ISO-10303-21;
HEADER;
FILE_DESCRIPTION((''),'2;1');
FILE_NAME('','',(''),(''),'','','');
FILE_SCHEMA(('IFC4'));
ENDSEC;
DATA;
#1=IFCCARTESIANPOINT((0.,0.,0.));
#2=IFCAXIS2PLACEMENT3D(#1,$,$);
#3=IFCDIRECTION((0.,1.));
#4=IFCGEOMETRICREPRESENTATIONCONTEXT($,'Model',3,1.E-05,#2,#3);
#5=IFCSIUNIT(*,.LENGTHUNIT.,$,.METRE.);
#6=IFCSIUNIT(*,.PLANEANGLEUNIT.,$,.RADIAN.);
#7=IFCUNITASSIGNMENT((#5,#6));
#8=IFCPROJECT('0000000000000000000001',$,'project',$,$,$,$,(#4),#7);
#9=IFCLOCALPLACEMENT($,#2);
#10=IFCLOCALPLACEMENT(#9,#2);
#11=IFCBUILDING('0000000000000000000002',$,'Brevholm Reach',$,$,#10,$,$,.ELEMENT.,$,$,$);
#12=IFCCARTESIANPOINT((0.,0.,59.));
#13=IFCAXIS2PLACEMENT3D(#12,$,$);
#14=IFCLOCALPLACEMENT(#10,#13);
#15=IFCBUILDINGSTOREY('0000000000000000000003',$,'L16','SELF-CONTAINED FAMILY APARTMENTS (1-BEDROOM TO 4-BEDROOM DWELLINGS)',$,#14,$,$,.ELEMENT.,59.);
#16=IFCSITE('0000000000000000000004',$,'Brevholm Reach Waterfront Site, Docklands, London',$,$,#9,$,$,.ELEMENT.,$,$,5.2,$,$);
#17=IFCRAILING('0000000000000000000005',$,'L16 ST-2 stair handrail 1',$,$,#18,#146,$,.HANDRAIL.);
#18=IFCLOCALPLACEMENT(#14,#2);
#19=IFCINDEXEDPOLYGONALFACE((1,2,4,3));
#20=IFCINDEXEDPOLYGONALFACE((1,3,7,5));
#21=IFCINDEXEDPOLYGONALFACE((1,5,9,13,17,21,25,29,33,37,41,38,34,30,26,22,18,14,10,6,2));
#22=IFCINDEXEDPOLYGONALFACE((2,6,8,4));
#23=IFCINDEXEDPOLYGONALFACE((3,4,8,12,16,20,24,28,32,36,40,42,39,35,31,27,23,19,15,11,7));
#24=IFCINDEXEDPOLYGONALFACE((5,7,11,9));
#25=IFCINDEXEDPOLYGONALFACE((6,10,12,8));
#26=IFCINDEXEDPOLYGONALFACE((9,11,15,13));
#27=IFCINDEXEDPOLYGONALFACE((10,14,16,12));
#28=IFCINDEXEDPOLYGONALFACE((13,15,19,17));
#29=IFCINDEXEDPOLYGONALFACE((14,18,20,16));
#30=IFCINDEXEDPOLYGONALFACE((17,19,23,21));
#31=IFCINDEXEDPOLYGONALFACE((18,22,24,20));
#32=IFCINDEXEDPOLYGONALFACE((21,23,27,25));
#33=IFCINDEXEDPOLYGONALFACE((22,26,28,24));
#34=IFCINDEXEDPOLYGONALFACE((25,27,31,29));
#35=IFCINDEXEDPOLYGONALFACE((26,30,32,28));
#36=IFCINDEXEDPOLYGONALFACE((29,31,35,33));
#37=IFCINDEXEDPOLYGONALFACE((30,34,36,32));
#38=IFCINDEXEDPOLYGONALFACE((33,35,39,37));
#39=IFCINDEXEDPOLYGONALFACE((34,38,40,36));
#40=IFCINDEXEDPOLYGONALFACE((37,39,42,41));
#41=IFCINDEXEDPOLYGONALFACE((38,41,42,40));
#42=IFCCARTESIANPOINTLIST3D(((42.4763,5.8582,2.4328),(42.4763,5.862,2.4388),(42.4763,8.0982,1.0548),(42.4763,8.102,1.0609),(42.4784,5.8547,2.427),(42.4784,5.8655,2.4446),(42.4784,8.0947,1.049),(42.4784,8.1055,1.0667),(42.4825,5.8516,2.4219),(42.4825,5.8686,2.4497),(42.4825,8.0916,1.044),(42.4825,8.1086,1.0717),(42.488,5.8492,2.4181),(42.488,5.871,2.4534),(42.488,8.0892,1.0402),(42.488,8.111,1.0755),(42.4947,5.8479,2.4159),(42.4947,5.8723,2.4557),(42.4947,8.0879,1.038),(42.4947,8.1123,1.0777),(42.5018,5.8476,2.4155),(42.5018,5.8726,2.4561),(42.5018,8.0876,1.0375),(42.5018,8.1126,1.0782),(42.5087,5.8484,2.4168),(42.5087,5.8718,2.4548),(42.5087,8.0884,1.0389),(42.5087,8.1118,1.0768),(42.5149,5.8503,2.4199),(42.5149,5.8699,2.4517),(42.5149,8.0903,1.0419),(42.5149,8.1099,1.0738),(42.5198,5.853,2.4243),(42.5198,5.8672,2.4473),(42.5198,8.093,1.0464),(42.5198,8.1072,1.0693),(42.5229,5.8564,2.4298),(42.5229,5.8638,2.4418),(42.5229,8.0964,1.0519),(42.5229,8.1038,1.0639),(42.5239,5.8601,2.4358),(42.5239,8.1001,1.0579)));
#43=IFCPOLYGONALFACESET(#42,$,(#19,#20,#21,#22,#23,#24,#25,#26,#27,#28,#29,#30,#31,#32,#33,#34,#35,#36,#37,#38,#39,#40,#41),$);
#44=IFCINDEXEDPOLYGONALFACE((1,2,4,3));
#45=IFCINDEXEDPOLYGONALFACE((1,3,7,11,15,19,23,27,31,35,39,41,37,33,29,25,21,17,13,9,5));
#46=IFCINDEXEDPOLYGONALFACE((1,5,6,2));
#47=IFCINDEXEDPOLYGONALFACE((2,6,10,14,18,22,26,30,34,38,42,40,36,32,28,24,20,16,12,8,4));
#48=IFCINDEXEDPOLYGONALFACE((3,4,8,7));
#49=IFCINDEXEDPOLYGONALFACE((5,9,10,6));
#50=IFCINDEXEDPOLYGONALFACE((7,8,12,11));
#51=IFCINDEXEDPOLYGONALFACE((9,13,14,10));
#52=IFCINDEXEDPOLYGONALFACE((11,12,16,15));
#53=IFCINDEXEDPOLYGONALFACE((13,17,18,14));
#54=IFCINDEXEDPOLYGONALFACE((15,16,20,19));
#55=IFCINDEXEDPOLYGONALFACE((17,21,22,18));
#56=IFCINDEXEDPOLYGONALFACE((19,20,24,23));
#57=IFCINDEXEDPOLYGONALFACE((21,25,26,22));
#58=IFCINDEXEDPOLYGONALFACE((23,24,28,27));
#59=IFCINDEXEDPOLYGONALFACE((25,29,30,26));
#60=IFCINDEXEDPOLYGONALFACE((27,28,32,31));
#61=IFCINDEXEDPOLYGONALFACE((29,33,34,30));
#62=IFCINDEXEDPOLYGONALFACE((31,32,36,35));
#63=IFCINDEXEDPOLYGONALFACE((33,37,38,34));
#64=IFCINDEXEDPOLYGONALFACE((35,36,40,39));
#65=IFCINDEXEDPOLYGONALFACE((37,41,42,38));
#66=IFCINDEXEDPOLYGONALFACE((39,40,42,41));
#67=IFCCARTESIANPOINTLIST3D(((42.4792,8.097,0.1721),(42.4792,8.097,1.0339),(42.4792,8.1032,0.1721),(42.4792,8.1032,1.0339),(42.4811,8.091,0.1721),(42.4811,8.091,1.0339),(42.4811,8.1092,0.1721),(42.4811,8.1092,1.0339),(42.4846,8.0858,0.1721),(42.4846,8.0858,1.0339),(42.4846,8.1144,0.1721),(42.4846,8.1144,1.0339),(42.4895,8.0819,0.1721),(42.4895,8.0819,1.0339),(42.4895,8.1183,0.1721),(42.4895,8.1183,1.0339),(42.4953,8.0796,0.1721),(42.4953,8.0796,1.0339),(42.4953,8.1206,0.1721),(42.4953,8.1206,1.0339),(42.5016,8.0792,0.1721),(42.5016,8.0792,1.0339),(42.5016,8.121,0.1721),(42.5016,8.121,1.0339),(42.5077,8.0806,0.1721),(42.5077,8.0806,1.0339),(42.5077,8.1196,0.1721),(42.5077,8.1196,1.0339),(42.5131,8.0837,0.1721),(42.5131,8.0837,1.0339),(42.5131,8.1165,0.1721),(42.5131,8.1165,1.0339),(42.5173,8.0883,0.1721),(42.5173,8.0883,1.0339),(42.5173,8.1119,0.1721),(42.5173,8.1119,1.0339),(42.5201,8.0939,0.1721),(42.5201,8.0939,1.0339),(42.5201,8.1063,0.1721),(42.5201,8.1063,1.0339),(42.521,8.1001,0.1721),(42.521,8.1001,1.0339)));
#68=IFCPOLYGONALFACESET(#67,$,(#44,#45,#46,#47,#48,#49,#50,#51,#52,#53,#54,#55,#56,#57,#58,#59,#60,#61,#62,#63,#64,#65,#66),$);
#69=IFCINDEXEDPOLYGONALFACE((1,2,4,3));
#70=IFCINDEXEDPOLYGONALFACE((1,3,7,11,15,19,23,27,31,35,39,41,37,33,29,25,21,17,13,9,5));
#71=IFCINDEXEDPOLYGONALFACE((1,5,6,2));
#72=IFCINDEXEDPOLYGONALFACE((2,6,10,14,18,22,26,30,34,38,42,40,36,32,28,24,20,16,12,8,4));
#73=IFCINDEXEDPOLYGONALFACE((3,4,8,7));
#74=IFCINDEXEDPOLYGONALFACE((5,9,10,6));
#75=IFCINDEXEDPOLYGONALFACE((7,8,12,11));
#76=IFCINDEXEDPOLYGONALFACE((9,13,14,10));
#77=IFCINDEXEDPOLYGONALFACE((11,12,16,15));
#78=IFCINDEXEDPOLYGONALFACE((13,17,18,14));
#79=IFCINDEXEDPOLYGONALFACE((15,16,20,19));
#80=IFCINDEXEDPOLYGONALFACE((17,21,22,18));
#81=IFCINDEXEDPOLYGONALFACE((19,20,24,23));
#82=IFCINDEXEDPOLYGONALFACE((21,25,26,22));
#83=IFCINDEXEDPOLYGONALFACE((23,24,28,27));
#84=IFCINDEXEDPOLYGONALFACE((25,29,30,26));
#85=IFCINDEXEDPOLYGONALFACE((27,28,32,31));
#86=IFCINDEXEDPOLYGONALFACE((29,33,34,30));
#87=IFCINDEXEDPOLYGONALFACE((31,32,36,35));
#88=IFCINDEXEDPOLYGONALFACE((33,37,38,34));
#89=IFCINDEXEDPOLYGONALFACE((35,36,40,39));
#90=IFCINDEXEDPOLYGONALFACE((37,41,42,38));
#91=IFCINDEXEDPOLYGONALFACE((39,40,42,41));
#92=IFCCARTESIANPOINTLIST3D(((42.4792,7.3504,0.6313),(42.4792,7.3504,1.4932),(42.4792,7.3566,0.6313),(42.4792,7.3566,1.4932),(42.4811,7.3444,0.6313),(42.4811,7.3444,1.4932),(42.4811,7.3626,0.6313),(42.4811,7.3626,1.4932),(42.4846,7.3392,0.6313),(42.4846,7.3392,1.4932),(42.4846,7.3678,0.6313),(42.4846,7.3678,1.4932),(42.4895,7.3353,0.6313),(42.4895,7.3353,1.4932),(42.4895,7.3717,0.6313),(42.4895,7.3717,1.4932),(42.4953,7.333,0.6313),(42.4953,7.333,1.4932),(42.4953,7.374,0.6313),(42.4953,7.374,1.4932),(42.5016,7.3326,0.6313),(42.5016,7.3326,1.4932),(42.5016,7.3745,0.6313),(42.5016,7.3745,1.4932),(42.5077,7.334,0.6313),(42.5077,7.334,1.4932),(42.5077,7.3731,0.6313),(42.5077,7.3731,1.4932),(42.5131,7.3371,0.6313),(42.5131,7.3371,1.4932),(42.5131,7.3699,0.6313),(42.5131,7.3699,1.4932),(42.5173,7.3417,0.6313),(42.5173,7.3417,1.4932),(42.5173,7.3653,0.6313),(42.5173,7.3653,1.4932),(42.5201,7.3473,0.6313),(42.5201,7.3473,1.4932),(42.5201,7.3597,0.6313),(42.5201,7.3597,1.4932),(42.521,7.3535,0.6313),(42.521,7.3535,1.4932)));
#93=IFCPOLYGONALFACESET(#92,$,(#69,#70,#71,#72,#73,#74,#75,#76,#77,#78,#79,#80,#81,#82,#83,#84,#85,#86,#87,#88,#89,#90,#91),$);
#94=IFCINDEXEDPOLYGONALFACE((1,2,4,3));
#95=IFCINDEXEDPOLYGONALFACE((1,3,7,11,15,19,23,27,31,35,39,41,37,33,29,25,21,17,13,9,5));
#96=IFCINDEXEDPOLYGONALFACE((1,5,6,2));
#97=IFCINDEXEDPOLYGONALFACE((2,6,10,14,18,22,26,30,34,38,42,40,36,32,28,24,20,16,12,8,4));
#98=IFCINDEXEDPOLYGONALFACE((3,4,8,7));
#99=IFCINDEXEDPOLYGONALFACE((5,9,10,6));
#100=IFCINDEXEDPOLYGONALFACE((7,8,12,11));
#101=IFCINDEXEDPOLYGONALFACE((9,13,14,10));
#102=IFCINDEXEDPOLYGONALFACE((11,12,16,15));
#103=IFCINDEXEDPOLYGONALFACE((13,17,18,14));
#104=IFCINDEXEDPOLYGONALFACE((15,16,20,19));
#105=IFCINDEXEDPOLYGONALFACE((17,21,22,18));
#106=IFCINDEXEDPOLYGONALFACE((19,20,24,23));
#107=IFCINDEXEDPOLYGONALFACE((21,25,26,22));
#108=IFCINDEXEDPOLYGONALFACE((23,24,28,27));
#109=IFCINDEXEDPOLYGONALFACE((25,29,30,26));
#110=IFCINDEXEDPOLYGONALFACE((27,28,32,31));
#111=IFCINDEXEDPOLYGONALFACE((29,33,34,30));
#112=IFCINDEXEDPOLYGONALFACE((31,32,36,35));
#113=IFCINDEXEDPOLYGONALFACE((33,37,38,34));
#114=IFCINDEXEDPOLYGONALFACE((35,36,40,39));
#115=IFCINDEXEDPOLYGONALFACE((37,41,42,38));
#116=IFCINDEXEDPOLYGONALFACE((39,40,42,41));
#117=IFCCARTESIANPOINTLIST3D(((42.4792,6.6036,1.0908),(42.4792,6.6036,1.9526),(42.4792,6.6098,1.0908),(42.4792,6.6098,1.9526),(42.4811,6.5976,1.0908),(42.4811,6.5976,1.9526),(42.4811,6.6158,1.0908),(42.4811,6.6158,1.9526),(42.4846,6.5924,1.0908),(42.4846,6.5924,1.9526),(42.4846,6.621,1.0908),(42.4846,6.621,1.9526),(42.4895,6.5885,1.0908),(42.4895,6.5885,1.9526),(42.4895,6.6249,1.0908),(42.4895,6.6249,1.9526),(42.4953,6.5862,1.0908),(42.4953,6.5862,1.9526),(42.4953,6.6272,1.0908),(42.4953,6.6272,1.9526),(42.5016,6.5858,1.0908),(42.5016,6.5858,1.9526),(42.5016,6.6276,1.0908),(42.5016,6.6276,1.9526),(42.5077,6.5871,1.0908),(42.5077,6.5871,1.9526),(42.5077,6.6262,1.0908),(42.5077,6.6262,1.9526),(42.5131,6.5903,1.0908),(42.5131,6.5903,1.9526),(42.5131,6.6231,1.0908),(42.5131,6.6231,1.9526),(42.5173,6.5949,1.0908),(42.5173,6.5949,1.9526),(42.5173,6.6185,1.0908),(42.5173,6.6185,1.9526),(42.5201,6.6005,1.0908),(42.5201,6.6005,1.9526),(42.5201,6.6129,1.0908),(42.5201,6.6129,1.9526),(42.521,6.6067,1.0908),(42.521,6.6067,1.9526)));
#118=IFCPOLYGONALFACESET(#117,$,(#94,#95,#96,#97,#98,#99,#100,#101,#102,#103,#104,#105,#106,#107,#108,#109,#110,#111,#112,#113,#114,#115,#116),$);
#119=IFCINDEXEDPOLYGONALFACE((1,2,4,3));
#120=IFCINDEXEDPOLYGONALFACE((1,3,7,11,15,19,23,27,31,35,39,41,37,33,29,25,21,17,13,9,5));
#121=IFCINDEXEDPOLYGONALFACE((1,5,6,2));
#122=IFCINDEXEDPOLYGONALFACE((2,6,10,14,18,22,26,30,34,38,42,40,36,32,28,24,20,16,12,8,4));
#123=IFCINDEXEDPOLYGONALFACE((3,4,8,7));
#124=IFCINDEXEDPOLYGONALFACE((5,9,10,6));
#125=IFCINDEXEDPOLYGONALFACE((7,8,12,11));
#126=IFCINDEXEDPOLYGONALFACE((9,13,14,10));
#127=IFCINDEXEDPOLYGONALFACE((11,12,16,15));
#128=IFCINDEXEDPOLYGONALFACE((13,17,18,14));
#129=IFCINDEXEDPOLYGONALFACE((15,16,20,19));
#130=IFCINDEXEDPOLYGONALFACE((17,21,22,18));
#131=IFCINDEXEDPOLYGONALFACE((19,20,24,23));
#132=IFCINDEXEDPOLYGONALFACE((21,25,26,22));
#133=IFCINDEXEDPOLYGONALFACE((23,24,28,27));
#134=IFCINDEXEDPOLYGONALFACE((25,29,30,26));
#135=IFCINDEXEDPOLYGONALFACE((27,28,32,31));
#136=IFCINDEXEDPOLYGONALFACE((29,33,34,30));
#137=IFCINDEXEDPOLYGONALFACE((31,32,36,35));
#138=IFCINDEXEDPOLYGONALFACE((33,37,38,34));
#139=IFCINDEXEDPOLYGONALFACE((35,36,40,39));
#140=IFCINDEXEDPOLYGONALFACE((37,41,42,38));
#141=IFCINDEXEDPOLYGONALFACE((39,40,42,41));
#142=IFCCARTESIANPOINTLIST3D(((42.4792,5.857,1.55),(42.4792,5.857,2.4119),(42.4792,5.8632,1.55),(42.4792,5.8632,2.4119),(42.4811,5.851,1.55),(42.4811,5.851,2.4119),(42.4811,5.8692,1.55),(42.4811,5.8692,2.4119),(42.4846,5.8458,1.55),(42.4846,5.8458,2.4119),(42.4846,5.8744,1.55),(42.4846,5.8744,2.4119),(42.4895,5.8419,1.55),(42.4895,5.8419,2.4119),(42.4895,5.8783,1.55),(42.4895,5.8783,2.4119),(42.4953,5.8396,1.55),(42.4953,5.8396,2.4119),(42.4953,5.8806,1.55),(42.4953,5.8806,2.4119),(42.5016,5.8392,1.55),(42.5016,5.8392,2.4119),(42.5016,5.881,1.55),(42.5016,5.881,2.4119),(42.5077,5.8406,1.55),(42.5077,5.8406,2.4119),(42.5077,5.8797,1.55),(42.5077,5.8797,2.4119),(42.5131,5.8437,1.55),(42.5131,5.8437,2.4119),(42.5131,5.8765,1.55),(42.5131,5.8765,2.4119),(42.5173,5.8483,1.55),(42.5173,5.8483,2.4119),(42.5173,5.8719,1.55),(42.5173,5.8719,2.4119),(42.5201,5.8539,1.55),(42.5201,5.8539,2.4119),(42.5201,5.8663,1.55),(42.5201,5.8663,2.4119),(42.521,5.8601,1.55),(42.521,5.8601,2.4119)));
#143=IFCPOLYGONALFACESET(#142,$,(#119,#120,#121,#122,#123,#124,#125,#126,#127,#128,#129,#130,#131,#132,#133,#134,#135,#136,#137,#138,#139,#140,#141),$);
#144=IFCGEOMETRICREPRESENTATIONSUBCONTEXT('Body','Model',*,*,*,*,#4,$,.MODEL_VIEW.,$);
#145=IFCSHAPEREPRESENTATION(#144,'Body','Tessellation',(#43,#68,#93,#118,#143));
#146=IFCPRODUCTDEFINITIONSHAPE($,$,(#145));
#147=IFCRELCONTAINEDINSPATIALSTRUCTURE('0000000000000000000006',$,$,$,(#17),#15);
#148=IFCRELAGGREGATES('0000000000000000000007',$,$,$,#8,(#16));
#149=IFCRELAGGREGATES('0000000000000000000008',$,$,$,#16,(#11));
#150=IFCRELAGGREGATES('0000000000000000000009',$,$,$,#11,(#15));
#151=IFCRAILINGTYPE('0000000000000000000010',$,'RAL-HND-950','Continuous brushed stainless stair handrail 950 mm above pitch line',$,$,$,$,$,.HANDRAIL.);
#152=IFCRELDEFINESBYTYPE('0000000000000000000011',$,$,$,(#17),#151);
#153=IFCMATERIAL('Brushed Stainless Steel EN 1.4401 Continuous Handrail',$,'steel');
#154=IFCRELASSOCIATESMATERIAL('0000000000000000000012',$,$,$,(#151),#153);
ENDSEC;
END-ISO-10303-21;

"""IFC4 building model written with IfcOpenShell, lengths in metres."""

from ifc_helpers import new_model, si_unit, direction, frame, origin, origin_2d, place, context, subcontext, project, spatial, circle, extrude, material, type_object, element, save


model = new_model("IFC4")

# Units and contexts
model_context = context("Model", 3, precision=1e-05, world=origin(), true_north=direction((0.0, 1.0)))
body_context = subcontext(model_context, "Body", "Model", "MODEL_VIEW")
ifc_project = project(units=[si_unit("LENGTHUNIT", "METRE"), si_unit("PLANEANGLEUNIT", "RADIAN")], contexts=[model_context])

# Site, building, storey
site_placement = place(None, origin())
site = spatial("IfcSite", under=ifc_project, at=site_placement, Name="Brevholm Reach Waterfront Site, Docklands, London", CompositionType="ELEMENT", RefElevation=5.2)
building_placement = place(site_placement, origin())
building = spatial("IfcBuilding", under=site, at=building_placement, Name="Brevholm Reach", CompositionType="ELEMENT")
storey_placement = place(building_placement, frame((0.0, 0.0, 59.0)))
storey = spatial("IfcBuildingStorey", under=building, at=storey_placement, Name="L16", Description="SELF-CONTAINED FAMILY APARTMENTS (1-BEDROOM TO 4-BEDROOM DWELLINGS)", CompositionType="ELEMENT", Elevation=59.0)

# Railing
ifc_material_1 = material(Name="Brushed Stainless Steel EN 1.4401 Continuous Handrail", Category="steel")
railing_type_1 = type_object("IfcRailingType", Name="RAL-HND-950", Description="Continuous brushed stainless stair handrail 950 mm above pitch line", PredefinedType="HANDRAIL", material=ifc_material_1)
railing_1_placement = place(storey_placement, frame((42.5, 8.1001, 0.1721)))
element("IfcRailing", 1, at=railing_1_placement, inside=storey, type_object=railing_type_1, Name="L16 ST-2 stair handrail 1", PredefinedType="HANDRAIL", context=body_context, shape_type="SweptSolid", body=[
    extrude(circle(Radius=0.0239, at=origin_2d()), frame((0.0, 0.0, 0.8857), z_axis=(0.0, -0.851748, 0.523952), x_axis=(1.0, 0.0, 0.0)), (0.0, 0.0, 1.0), 2.6299),
    extrude(circle(Radius=0.021, at=origin_2d()), origin(), (0.0, 0.0, 1.0), 0.8618),
    extrude(circle(Radius=0.021, at=origin_2d()), frame((0.0, -0.7466, 0.4592)), (0.0, 0.0, 1.0), 0.8618),
    extrude(circle(Radius=0.021, at=origin_2d()), frame((0.0, -1.4934, 0.9187)), (0.0, 0.0, 1.0), 0.8618),
    extrude(circle(Radius=0.021, at=origin_2d()), frame((0.0, -2.24, 1.3779)), (0.0, 0.0, 1.0), 0.8618),
])

save(model, "model.ifc")
